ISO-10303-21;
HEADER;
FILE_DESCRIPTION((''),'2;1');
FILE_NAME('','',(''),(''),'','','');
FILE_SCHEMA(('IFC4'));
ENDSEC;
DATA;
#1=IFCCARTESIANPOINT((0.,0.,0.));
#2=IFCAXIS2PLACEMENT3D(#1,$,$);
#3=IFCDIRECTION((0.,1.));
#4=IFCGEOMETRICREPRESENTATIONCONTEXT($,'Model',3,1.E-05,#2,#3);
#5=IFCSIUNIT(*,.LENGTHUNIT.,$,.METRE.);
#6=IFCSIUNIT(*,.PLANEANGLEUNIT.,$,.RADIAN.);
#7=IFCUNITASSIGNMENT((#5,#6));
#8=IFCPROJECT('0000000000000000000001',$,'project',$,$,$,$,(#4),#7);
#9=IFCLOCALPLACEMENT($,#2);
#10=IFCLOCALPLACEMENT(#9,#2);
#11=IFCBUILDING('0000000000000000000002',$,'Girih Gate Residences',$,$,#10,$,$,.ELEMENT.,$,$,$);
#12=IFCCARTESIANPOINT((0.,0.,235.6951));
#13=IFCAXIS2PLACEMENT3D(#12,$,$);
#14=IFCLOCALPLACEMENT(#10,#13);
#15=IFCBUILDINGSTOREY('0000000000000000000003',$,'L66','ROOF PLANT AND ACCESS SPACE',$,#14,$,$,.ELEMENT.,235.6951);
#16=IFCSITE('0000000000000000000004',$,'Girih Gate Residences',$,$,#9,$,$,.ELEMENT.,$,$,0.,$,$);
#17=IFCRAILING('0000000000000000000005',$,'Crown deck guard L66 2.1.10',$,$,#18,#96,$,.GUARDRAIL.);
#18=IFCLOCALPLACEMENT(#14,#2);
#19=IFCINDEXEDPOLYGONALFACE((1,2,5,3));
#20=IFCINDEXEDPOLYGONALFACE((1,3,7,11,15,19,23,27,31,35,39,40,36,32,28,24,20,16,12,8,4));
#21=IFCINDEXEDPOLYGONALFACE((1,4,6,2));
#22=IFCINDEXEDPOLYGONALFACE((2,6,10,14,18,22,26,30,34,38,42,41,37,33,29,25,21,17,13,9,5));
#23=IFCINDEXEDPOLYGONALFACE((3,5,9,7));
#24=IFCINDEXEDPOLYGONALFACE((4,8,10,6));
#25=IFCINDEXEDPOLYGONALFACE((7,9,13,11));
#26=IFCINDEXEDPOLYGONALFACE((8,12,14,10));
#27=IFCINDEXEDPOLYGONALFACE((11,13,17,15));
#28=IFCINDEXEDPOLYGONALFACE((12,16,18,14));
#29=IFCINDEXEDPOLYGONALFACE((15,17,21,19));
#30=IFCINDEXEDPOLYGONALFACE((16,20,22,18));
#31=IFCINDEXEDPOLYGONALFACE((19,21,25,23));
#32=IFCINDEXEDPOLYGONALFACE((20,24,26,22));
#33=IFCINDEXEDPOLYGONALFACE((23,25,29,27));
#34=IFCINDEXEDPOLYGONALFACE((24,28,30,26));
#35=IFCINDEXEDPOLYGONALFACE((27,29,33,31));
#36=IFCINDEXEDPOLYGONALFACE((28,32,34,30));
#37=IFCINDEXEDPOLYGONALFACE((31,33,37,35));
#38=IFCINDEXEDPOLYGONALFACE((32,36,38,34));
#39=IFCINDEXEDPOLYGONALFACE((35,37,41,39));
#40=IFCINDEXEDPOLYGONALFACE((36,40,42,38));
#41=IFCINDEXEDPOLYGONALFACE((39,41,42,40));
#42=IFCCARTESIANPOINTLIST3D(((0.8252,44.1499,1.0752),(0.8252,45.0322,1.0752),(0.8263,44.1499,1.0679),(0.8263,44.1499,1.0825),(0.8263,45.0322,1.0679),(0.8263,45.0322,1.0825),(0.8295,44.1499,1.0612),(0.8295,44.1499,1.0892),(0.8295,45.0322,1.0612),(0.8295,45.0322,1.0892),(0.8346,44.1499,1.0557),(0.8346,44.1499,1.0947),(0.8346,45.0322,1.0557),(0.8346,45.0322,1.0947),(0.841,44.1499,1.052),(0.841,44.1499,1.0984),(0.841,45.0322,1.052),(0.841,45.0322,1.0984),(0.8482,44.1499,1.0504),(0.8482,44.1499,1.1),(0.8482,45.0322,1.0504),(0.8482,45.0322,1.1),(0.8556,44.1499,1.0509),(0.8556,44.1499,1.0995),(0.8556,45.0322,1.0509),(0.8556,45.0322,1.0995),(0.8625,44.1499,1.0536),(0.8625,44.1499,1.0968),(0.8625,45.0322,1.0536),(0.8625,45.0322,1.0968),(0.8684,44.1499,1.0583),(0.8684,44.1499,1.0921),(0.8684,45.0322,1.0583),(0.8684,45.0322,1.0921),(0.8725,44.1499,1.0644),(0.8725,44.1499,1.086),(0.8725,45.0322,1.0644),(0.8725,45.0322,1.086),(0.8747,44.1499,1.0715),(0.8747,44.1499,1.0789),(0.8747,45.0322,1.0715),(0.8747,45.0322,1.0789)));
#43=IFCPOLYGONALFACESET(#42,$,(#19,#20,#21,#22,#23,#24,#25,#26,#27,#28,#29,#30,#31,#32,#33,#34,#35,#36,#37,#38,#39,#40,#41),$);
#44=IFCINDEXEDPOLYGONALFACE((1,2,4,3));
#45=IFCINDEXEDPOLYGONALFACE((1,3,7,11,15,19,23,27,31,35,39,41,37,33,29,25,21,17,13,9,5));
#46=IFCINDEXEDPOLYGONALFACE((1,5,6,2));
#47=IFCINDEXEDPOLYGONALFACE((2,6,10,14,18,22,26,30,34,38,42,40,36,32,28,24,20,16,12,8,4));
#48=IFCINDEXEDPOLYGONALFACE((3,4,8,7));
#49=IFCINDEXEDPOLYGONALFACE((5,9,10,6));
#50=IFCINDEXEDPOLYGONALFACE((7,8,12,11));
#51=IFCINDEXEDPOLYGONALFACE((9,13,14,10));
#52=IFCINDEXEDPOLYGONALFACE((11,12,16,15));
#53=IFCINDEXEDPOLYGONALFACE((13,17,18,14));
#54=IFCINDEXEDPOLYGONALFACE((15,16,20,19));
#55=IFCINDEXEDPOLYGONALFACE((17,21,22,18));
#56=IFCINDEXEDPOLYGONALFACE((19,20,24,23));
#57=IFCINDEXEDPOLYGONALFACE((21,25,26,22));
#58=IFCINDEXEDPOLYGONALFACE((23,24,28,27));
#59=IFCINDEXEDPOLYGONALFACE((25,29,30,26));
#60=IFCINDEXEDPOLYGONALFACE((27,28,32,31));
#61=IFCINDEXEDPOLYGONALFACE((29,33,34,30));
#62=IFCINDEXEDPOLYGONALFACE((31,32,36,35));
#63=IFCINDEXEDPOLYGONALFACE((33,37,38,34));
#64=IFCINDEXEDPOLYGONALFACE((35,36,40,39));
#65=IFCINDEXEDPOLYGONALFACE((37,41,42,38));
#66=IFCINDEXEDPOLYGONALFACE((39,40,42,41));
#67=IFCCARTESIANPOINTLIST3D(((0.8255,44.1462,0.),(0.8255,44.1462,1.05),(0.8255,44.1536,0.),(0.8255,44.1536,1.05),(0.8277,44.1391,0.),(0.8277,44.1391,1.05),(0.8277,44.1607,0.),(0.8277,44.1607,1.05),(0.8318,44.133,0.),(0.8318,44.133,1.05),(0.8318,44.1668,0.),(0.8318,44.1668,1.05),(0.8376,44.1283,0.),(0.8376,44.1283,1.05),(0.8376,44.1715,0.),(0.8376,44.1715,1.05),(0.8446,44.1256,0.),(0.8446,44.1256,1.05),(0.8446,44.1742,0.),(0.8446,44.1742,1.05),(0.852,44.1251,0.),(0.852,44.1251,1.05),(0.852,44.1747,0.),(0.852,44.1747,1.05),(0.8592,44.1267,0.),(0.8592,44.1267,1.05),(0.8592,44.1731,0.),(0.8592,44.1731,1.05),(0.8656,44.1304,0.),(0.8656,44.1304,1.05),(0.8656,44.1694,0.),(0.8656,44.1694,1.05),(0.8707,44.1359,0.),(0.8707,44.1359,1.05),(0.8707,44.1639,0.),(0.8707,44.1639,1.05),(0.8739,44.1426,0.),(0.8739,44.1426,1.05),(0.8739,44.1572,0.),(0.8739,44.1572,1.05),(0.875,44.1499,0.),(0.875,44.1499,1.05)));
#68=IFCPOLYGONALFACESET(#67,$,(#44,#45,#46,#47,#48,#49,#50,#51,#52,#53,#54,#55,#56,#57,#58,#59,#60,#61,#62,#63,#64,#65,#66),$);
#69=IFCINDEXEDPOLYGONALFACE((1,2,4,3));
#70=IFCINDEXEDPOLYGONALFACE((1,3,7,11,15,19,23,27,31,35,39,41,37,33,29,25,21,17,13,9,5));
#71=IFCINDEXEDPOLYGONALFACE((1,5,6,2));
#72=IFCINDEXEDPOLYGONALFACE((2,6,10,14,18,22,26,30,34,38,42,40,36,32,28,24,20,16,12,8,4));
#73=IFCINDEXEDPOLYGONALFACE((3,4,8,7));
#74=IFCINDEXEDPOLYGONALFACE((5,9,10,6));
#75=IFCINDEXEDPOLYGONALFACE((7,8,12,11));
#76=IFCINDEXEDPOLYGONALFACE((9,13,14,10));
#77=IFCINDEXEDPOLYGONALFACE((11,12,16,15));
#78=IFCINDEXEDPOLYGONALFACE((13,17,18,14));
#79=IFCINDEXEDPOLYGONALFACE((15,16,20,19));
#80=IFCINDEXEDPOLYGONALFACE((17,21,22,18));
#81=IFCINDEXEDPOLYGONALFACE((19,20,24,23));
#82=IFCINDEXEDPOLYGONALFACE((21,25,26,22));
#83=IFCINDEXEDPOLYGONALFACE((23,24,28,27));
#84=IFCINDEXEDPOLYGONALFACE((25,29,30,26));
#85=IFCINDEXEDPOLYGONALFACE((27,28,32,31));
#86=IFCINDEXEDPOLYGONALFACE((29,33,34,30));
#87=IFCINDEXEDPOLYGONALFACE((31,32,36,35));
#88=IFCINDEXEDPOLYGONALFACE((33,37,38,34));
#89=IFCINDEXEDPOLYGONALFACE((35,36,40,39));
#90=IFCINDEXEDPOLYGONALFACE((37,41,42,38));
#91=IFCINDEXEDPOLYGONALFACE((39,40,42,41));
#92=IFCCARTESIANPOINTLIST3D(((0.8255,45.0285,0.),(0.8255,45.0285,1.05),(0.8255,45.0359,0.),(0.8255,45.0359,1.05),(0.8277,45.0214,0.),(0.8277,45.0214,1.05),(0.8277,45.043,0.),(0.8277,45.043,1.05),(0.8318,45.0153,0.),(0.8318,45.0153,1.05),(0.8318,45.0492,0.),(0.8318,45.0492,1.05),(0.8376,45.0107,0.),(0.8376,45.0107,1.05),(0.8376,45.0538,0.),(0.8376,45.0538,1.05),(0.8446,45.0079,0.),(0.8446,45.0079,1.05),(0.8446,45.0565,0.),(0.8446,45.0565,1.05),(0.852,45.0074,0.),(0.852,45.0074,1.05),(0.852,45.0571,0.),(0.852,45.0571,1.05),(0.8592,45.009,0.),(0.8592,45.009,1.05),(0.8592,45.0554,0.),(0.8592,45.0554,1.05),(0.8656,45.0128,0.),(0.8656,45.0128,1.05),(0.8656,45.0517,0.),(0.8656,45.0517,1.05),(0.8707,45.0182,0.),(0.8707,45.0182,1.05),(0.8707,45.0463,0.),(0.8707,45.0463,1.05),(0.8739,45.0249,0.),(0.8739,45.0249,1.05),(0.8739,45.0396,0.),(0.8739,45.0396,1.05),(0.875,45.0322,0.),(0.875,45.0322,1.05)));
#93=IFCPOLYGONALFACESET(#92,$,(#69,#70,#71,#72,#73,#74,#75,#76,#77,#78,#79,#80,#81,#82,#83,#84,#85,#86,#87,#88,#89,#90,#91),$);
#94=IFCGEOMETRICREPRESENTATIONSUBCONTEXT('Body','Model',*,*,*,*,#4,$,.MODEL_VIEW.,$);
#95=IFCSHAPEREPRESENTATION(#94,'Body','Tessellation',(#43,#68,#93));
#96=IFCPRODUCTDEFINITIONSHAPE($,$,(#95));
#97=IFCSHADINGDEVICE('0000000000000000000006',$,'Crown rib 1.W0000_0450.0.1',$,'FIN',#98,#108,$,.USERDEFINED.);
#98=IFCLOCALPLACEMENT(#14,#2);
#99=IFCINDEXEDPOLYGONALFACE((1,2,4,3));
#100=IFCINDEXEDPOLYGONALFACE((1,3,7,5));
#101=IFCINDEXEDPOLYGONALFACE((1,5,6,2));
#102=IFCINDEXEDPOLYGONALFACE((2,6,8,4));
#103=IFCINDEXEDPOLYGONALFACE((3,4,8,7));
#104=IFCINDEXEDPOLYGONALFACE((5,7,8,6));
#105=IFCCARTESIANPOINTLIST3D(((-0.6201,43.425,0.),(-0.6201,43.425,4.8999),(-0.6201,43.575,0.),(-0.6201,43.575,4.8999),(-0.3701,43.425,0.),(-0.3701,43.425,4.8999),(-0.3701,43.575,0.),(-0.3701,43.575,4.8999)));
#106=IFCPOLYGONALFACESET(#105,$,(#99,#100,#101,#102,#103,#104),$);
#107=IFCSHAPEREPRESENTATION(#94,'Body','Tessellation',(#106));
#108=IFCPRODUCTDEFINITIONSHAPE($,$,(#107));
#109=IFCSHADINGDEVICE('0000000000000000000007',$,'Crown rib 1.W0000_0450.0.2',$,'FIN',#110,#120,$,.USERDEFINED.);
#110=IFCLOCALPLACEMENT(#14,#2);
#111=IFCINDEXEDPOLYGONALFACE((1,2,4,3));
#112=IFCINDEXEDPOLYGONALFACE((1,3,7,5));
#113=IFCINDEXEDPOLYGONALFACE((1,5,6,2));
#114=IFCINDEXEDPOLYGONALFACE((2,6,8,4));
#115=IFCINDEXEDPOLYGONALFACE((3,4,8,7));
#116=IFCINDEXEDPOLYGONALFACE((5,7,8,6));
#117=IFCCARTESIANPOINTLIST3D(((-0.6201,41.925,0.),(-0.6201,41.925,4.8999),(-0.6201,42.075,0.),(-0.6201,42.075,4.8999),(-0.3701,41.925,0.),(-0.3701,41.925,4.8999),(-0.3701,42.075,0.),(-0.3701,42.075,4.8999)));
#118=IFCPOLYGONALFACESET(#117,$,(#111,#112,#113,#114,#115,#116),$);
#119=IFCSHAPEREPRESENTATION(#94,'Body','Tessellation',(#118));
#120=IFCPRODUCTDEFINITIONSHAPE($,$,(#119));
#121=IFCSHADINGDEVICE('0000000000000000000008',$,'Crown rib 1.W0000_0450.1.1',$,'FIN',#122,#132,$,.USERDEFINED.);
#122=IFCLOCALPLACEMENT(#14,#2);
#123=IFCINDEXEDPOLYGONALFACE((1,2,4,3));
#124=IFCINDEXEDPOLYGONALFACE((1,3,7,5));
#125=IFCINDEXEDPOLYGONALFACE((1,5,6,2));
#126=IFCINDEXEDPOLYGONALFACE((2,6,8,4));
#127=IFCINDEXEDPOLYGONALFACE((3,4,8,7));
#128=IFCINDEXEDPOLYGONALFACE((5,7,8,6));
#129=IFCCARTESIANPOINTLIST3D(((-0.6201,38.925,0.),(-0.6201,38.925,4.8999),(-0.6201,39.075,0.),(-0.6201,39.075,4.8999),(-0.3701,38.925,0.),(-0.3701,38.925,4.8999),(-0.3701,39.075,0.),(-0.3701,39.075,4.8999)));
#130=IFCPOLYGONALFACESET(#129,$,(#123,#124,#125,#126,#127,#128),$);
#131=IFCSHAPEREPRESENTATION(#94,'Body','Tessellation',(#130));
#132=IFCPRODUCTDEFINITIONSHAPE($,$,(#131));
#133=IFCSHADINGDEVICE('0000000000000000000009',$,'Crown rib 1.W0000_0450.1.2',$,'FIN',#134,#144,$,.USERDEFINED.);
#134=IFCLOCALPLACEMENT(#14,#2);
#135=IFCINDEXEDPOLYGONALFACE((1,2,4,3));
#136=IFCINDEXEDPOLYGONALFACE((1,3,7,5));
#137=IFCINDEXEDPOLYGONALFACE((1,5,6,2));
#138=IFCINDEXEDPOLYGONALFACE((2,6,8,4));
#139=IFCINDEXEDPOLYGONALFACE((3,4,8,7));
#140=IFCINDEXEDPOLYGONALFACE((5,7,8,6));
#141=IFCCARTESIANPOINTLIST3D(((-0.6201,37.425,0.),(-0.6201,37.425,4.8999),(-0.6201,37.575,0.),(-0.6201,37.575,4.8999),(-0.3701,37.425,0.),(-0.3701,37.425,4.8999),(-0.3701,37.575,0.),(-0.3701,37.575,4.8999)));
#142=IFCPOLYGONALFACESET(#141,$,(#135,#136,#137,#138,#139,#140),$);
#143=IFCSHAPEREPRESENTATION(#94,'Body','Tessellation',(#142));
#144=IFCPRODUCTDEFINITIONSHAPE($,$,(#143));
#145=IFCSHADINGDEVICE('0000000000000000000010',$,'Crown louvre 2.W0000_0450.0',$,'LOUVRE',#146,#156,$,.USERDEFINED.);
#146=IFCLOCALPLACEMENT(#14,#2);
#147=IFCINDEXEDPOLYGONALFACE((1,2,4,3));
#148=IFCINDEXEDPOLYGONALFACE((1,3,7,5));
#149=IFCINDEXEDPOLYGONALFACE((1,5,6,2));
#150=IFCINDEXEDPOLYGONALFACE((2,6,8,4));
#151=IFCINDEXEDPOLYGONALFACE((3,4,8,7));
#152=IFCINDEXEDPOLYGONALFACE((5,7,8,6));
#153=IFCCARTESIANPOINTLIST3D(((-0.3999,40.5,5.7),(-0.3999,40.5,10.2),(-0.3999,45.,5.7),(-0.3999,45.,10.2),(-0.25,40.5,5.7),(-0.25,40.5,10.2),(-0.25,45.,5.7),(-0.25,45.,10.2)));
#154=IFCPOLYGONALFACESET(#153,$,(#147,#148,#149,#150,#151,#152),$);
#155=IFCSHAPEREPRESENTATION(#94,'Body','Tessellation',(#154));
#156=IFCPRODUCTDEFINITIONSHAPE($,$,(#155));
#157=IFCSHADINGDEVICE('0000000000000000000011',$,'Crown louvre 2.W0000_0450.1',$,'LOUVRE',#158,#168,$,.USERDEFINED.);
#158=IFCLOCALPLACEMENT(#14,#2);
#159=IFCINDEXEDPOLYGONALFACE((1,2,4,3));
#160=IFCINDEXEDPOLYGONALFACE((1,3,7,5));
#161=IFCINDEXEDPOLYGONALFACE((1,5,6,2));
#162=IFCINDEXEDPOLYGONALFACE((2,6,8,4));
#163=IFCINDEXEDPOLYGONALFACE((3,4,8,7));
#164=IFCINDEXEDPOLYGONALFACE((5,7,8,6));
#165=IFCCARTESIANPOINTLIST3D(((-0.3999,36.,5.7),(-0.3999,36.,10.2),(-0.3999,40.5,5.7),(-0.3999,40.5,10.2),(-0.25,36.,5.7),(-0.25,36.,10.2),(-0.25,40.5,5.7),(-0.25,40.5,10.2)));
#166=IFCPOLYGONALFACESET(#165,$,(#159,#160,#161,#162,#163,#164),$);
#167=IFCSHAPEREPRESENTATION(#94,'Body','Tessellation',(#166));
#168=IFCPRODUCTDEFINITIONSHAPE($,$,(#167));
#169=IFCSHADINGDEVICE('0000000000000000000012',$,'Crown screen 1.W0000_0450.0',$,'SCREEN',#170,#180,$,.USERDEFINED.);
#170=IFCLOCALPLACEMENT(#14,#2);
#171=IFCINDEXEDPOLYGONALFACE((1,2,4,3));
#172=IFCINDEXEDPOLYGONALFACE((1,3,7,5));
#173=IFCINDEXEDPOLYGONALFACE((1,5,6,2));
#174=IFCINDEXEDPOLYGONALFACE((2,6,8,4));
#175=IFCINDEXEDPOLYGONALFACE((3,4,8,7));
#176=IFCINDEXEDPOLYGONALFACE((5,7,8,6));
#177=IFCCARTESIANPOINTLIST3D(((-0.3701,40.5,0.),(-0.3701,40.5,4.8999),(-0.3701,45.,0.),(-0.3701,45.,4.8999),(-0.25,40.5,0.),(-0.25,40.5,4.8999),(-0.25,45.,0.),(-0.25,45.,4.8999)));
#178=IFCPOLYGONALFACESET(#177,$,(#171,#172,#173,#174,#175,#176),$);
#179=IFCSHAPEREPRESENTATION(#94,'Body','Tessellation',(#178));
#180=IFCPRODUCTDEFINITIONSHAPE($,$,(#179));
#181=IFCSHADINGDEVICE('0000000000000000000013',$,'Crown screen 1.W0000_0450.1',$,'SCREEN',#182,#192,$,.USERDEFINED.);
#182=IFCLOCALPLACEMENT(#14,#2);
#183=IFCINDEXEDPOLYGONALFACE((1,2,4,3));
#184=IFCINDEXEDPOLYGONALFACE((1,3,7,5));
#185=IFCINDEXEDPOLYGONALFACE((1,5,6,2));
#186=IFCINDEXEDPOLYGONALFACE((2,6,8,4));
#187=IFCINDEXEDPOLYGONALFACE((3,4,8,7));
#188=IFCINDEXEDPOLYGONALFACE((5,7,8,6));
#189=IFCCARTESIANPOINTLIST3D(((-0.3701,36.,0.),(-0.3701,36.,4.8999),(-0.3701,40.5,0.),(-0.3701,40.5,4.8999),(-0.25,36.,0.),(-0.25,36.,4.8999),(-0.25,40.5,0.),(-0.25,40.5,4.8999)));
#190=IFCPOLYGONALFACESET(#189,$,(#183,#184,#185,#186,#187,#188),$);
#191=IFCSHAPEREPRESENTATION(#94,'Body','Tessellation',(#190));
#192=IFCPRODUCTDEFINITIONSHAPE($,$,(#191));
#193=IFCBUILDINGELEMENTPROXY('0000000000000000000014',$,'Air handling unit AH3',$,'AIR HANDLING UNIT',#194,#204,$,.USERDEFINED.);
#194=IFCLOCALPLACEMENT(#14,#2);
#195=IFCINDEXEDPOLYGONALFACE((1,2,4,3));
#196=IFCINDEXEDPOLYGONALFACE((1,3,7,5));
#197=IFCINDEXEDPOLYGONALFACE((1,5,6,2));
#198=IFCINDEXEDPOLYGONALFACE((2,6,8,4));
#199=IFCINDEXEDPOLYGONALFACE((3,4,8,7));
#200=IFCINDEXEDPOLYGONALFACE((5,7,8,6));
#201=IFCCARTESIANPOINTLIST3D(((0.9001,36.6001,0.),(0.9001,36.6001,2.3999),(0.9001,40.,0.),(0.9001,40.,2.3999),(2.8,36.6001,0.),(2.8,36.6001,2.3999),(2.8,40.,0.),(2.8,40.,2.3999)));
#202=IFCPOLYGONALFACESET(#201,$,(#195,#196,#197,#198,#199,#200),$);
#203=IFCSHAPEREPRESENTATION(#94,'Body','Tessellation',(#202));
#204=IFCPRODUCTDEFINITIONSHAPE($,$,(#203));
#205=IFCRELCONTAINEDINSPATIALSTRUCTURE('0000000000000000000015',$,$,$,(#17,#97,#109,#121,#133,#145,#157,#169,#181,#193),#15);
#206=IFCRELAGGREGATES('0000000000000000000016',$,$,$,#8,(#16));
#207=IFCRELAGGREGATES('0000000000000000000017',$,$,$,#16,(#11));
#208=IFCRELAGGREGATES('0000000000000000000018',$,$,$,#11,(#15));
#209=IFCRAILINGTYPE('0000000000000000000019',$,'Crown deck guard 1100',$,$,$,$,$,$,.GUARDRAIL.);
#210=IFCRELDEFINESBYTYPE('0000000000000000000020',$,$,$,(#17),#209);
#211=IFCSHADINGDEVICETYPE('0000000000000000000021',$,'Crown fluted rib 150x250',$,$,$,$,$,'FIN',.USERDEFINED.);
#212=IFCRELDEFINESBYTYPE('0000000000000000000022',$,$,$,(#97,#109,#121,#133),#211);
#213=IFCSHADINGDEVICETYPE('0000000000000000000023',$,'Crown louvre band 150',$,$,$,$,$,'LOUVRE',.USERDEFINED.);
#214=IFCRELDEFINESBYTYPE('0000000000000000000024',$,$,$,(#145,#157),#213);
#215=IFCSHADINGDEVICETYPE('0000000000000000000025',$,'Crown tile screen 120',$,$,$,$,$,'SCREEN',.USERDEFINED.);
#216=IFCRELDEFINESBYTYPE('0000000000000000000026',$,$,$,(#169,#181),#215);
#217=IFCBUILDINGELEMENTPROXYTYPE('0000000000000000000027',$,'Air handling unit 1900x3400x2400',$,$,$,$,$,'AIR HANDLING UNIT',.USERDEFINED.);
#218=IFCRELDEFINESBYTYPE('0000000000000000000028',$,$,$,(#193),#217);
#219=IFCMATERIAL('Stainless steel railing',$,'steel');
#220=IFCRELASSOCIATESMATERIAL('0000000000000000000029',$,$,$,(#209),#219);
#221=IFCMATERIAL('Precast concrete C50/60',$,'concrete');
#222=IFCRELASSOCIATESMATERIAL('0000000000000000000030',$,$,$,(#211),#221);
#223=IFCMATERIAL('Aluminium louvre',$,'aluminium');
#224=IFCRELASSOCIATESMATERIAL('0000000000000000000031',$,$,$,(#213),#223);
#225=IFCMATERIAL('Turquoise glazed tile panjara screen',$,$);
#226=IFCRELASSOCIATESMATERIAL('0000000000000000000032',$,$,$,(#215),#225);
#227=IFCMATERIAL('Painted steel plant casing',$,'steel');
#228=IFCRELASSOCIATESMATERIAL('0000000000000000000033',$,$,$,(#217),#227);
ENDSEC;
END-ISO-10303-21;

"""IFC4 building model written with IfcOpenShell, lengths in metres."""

from ifc_helpers import new_model, si_unit, direction, frame, origin, origin_2d, place, context, subcontext, project, spatial, rectangle, circle, extrude, material, type_object, element, save


model = new_model("IFC4")

# Units and contexts
model_context = context("Model", 3, precision=1e-05, world=origin(), true_north=direction((0.0, 1.0)))
body_context = subcontext(model_context, "Body", "Model", "MODEL_VIEW")
ifc_project = project(units=[si_unit("LENGTHUNIT", "METRE"), si_unit("PLANEANGLEUNIT", "RADIAN")], contexts=[model_context])

# Site, building, storey
site_placement = place(None, origin())
site = spatial("IfcSite", under=ifc_project, at=site_placement, Name="Girih Gate Residences", CompositionType="ELEMENT", RefElevation=0.0)
building_placement = place(site_placement, origin())
building = spatial("IfcBuilding", under=site, at=building_placement, Name="Girih Gate Residences", CompositionType="ELEMENT")
storey_placement = place(building_placement, frame((0.0, 0.0, 235.6951)))
storey = spatial("IfcBuildingStorey", under=building, at=storey_placement, Name="L66", Description="ROOF PLANT AND ACCESS SPACE", CompositionType="ELEMENT", Elevation=235.6951)

# Railing
ifc_material_1 = material(Name="Stainless steel railing", Category="steel")
railing_type = type_object("IfcRailingType", Name="Crown deck guard 1100", PredefinedType="GUARDRAIL", material=ifc_material_1)
railing_1_placement = place(storey_placement, frame((0.8501, 44.1499, 0.0)))
element("IfcRailing", 1, at=railing_1_placement, inside=storey, type_object=railing_type, Name="Crown deck guard L66 2.1.10", PredefinedType="GUARDRAIL", context=body_context, shape_type="SweptSolid", body=[
    extrude(circle(Radius=0.0249, at=origin_2d()), frame((0.0, 0.0, 1.0752), z_axis=(0.0, 1.0, 0.0), x_axis=(-1.0, 0.0, 0.0)), (0.0, 0.0, 1.0), 0.8823),
    extrude(circle(Radius=0.0249, at=origin_2d()), origin(), (0.0, 0.0, 1.0), 1.05),
    extrude(circle(Radius=0.0249, at=origin_2d()), frame((0.0, 0.8823, 0.0)), (0.0, 0.0, 1.0), 1.05),
])

# Shading devices
ifc_material_2 = material(Name="Precast concrete C50/60", Category="concrete")
shading_device_type_1 = type_object("IfcShadingDeviceType", Name="Crown fluted rib 150x250", ElementType="FIN", PredefinedType="USERDEFINED", material=ifc_material_2)
for number, where, z_axis, x_axis, name in (
    (2, (-0.4951, 43.5, 0.0), (0.0, 0.0, 1.0), (0.0, -1.0, 0.0), "Crown rib 1.W0000_0450.0.1"),
    (3, (-0.4951, 42.0, 0.0), (0.0, 0.0, 1.0), (0.0, -1.0, 0.0), "Crown rib 1.W0000_0450.0.2"),
    (4, (-0.4951, 39.0, 0.0), (0.0, 0.0, 1.0), (0.0, -1.0, 0.0), "Crown rib 1.W0000_0450.1.1"),
    (5, (-0.4951, 37.5, 0.0), (0.0, 0.0, 1.0), (0.0, -1.0, 0.0), "Crown rib 1.W0000_0450.1.2"),
):
    element("IfcShadingDevice", number, at=place(storey_placement, frame(where, z_axis=z_axis, x_axis=x_axis)), inside=storey, type_object=shading_device_type_1, Name=name, ObjectType="FIN", PredefinedType="USERDEFINED", context=body_context, shape_type="SweptSolid", body=[
        extrude(rectangle(XDim=0.1499, YDim=0.25, at=origin_2d()), origin(), (0.0, 0.0, 1.0), 4.8999),
    ])
ifc_material_3 = material(Name="Aluminium louvre", Category="aluminium")
shading_device_type_2 = type_object("IfcShadingDeviceType", Name="Crown louvre band 150", ElementType="LOUVRE", PredefinedType="USERDEFINED", material=ifc_material_3)
for number, where, z_axis, x_axis, name in (
    (6, (-0.325, 42.75, 5.7), (0.0, 0.0, 1.0), (0.0, -1.0, 0.0), "Crown louvre 2.W0000_0450.0"),
    (7, (-0.325, 38.25, 5.7), (0.0, 0.0, 1.0), (0.0, -1.0, 0.0), "Crown louvre 2.W0000_0450.1"),
):
    element("IfcShadingDevice", number, at=place(storey_placement, frame(where, z_axis=z_axis, x_axis=x_axis)), inside=storey, type_object=shading_device_type_2, Name=name, ObjectType="LOUVRE", PredefinedType="USERDEFINED", context=body_context, shape_type="SweptSolid", body=[
        extrude(rectangle(XDim=4.5, YDim=0.1499, at=origin_2d()), origin(), (0.0, 0.0, 1.0), 4.5),
    ])
ifc_material_4 = material(Name="Turquoise glazed tile panjara screen")
shading_device_type_3 = type_object("IfcShadingDeviceType", Name="Crown tile screen 120", ElementType="SCREEN", PredefinedType="USERDEFINED", material=ifc_material_4)
for number, where, z_axis, x_axis, name in (
    (8, (-0.3101, 42.75, 0.0), (0.0, 0.0, 1.0), (0.0, -1.0, 0.0), "Crown screen 1.W0000_0450.0"),
    (9, (-0.3101, 38.25, 0.0), (0.0, 0.0, 1.0), (0.0, -1.0, 0.0), "Crown screen 1.W0000_0450.1"),
):
    element("IfcShadingDevice", number, at=place(storey_placement, frame(where, z_axis=z_axis, x_axis=x_axis)), inside=storey, type_object=shading_device_type_3, Name=name, ObjectType="SCREEN", PredefinedType="USERDEFINED", context=body_context, shape_type="SweptSolid", body=[
        extrude(rectangle(XDim=4.5, YDim=0.1201, at=origin_2d()), origin(), (0.0, 0.0, 1.0), 4.8999),
    ])

# Building element proxy
ifc_material_5 = material(Name="Painted steel plant casing", Category="steel")
building_element_proxy_type = type_object("IfcBuildingElementProxyType", Name="Air handling unit 1900x3400x2400", ElementType="AIR HANDLING UNIT", PredefinedType="USERDEFINED", material=ifc_material_5)
proxy_placement = place(storey_placement, frame((1.8501, 38.3, 0.0), z_axis=(0.0, 0.0, 1.0), x_axis=(1.0, 0.0, 0.0)))
element("IfcBuildingElementProxy", 10, at=proxy_placement, inside=storey, type_object=building_element_proxy_type, Name="Air handling unit AH3", ObjectType="AIR HANDLING UNIT", PredefinedType="USERDEFINED", context=body_context, shape_type="SweptSolid", body=[
    extrude(rectangle(XDim=1.8999, YDim=3.3999, at=origin_2d()), origin(), (0.0, 0.0, 1.0), 2.3999),
])

save(model, "model.ifc")
